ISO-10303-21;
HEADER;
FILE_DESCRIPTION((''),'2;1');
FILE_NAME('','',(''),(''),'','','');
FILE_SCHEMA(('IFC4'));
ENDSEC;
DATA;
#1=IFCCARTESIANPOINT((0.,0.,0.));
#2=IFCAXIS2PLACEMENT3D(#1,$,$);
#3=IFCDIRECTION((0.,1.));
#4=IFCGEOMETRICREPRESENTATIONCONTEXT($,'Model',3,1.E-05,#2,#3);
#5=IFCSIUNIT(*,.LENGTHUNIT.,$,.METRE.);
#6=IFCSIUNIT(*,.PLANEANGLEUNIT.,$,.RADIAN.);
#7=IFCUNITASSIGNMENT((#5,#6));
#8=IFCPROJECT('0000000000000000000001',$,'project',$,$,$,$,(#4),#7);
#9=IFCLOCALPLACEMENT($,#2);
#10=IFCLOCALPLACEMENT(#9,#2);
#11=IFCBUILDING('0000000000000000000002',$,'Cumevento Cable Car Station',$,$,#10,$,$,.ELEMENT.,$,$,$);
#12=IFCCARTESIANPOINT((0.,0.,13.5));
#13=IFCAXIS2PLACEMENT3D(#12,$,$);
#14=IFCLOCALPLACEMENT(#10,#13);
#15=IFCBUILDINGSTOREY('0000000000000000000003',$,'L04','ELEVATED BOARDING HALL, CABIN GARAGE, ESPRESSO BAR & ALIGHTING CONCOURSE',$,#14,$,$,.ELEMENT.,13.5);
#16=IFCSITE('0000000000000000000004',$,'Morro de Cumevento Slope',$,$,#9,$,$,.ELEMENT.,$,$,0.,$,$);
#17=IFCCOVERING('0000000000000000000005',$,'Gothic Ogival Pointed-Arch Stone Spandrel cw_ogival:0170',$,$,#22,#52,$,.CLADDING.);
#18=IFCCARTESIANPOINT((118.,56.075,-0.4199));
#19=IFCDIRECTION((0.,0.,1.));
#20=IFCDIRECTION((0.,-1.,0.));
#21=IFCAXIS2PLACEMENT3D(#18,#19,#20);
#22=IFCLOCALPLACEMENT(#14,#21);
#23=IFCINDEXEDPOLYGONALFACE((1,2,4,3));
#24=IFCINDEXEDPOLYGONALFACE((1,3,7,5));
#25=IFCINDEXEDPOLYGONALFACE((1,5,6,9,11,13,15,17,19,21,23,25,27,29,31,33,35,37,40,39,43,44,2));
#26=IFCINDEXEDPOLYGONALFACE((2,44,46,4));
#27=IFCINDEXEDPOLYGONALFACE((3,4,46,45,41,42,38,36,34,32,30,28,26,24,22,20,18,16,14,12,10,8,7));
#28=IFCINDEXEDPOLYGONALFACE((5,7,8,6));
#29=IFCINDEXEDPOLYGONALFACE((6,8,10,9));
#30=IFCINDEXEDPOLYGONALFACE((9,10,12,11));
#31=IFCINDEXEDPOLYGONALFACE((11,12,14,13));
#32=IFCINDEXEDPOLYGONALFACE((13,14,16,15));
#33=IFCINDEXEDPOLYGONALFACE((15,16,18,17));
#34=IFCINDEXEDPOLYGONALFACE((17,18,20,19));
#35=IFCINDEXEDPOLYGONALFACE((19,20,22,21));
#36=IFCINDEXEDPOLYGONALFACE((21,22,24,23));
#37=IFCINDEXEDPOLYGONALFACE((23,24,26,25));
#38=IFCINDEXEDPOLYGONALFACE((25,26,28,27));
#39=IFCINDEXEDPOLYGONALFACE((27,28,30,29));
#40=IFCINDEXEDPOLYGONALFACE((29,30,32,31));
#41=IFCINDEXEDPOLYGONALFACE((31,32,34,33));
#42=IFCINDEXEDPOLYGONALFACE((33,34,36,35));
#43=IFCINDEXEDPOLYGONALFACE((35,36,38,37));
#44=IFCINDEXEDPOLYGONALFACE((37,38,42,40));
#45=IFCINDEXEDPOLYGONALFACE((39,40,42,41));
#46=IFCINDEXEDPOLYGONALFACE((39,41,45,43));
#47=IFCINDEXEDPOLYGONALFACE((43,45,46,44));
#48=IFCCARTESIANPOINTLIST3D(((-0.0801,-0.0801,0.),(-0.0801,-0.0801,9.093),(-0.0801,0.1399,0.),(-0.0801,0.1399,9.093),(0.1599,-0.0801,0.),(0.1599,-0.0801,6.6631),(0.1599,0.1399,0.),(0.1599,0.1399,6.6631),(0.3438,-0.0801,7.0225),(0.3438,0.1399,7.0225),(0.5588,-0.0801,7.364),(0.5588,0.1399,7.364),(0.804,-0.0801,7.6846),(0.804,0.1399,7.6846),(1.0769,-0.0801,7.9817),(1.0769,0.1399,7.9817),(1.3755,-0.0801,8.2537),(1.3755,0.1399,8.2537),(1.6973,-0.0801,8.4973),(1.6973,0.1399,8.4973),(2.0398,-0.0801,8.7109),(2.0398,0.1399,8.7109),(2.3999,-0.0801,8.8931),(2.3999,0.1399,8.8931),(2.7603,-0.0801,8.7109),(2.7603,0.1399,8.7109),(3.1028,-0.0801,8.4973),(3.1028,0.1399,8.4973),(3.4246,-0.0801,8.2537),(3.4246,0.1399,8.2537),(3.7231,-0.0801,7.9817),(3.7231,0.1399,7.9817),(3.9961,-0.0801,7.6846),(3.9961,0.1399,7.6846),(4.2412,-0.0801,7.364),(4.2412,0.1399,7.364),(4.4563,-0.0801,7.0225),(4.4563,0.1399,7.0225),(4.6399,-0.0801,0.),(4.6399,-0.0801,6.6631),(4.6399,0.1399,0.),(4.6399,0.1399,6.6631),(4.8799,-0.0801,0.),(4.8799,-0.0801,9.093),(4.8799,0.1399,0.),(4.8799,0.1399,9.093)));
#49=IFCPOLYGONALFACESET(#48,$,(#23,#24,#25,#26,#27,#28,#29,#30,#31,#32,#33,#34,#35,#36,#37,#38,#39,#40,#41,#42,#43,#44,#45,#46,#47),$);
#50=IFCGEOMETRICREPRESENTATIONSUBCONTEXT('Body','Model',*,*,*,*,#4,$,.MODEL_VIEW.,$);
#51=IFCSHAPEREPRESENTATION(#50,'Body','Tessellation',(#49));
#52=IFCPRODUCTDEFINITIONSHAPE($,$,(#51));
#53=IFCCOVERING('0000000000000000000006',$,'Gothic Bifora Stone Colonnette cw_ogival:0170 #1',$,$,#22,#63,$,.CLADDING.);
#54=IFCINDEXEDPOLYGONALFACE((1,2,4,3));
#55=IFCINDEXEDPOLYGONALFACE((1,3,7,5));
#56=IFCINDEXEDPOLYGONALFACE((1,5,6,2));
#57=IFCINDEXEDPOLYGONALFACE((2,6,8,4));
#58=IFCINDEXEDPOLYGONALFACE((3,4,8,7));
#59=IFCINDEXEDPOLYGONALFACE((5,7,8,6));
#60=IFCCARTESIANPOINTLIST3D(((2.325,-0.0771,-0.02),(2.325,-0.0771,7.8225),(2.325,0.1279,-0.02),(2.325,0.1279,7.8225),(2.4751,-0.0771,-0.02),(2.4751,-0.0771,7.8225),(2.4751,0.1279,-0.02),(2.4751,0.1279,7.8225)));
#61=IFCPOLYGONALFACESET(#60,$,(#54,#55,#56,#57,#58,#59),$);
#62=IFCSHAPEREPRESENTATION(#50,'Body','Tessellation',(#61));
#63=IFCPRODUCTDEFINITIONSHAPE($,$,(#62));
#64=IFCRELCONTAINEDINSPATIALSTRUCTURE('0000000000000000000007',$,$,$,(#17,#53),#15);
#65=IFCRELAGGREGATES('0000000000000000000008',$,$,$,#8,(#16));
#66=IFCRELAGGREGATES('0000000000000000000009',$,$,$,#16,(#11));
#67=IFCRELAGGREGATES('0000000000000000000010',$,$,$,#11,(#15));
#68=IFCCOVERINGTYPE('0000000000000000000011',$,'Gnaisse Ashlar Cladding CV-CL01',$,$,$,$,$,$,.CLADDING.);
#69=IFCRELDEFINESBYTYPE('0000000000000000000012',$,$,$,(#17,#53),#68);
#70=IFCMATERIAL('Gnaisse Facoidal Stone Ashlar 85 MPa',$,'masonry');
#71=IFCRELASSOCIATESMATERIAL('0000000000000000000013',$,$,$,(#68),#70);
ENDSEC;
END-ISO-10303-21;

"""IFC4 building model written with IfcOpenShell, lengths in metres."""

from ifc_helpers import new_model, si_unit, direction, frame, origin, place, context, subcontext, project, spatial, polyline, outline, extrude, material, type_object, element, save


model = new_model("IFC4")

# Units and contexts
model_context = context("Model", 3, precision=1e-05, world=origin(), true_north=direction((0.0, 1.0)))
body_context = subcontext(model_context, "Body", "Model", "MODEL_VIEW")
ifc_project = project(units=[si_unit("LENGTHUNIT", "METRE"), si_unit("PLANEANGLEUNIT", "RADIAN")], contexts=[model_context])

# Site, building, storey
site_placement = place(None, origin())
site = spatial("IfcSite", under=ifc_project, at=site_placement, Name="Morro de Cumevento Slope", CompositionType="ELEMENT", RefElevation=0.0)
building_placement = place(site_placement, origin())
building = spatial("IfcBuilding", under=site, at=building_placement, Name="Cumevento Cable Car Station", CompositionType="ELEMENT")
storey_placement = place(building_placement, frame((0.0, 0.0, 13.5)))
storey = spatial("IfcBuildingStorey", under=building, at=storey_placement, Name="L04", Description="ELEVATED BOARDING HALL, CABIN GARAGE, ESPRESSO BAR & ALIGHTING CONCOURSE", CompositionType="ELEMENT", Elevation=13.5)

# Coverings
ifc_material_1 = material(Name="Gnaisse Facoidal Stone Ashlar 85 MPa", Category="masonry")
covering_type = type_object("IfcCoveringType", Name="Gnaisse Ashlar Cladding CV-CL01", PredefinedType="CLADDING", material=ifc_material_1)
placement = place(storey_placement, frame((118.0, 56.075, -0.4199), z_axis=(0.0, 0.0, 1.0), x_axis=(0.0, -1.0, 0.0)))
element("IfcCovering", 1, at=placement, inside=storey, type_object=covering_type, Name="Gothic Ogival Pointed-Arch Stone Spandrel cw_ogival:0170", PredefinedType="CLADDING", context=body_context, shape_type="SweptSolid", body=[
    extrude(outline(polyline([(-0.0801, 0.0), (-0.0801, 9.093), (4.8799, 9.093), (4.8799, 0.0), (4.6399, 0.0), (4.6399, 6.6631), (4.4563, 7.0225), (4.2412, 7.364), (3.9961, 7.6846), (3.7231, 7.9817), (3.4246, 8.2537), (3.1028, 8.4973), (2.7603, 8.7109), (2.3999, 8.8931), (2.0398, 8.7109), (1.6973, 8.4973), (1.3755, 8.2537), (1.0769, 7.9817), (0.804, 7.6846), (0.5588, 7.364), (0.3438, 7.0225), (0.1599, 6.6631), (0.1599, 0.0), (-0.0801, 0.0)])), frame((0.0, 0.1399, 0.0), z_axis=(0.0, -1.0, 0.0), x_axis=(1.0, 0.0, 0.0)), (0.0, 0.0, 1.0), 0.22),
])
element("IfcCovering", 2, at=placement, inside=storey, type_object=covering_type, Name="Gothic Bifora Stone Colonnette cw_ogival:0170 #1", PredefinedType="CLADDING", context=body_context, shape_type="SweptSolid", body=[
    extrude(outline(polyline([(2.325, -0.02), (2.4751, -0.02), (2.4751, 7.8225), (2.325, 7.8225), (2.325, -0.02)])), frame((0.0, 0.1279, 0.0), z_axis=(0.0, -1.0, 0.0), x_axis=(1.0, 0.0, 0.0)), (0.0, 0.0, 1.0), 0.2051),
])

save(model, "model.ifc")
